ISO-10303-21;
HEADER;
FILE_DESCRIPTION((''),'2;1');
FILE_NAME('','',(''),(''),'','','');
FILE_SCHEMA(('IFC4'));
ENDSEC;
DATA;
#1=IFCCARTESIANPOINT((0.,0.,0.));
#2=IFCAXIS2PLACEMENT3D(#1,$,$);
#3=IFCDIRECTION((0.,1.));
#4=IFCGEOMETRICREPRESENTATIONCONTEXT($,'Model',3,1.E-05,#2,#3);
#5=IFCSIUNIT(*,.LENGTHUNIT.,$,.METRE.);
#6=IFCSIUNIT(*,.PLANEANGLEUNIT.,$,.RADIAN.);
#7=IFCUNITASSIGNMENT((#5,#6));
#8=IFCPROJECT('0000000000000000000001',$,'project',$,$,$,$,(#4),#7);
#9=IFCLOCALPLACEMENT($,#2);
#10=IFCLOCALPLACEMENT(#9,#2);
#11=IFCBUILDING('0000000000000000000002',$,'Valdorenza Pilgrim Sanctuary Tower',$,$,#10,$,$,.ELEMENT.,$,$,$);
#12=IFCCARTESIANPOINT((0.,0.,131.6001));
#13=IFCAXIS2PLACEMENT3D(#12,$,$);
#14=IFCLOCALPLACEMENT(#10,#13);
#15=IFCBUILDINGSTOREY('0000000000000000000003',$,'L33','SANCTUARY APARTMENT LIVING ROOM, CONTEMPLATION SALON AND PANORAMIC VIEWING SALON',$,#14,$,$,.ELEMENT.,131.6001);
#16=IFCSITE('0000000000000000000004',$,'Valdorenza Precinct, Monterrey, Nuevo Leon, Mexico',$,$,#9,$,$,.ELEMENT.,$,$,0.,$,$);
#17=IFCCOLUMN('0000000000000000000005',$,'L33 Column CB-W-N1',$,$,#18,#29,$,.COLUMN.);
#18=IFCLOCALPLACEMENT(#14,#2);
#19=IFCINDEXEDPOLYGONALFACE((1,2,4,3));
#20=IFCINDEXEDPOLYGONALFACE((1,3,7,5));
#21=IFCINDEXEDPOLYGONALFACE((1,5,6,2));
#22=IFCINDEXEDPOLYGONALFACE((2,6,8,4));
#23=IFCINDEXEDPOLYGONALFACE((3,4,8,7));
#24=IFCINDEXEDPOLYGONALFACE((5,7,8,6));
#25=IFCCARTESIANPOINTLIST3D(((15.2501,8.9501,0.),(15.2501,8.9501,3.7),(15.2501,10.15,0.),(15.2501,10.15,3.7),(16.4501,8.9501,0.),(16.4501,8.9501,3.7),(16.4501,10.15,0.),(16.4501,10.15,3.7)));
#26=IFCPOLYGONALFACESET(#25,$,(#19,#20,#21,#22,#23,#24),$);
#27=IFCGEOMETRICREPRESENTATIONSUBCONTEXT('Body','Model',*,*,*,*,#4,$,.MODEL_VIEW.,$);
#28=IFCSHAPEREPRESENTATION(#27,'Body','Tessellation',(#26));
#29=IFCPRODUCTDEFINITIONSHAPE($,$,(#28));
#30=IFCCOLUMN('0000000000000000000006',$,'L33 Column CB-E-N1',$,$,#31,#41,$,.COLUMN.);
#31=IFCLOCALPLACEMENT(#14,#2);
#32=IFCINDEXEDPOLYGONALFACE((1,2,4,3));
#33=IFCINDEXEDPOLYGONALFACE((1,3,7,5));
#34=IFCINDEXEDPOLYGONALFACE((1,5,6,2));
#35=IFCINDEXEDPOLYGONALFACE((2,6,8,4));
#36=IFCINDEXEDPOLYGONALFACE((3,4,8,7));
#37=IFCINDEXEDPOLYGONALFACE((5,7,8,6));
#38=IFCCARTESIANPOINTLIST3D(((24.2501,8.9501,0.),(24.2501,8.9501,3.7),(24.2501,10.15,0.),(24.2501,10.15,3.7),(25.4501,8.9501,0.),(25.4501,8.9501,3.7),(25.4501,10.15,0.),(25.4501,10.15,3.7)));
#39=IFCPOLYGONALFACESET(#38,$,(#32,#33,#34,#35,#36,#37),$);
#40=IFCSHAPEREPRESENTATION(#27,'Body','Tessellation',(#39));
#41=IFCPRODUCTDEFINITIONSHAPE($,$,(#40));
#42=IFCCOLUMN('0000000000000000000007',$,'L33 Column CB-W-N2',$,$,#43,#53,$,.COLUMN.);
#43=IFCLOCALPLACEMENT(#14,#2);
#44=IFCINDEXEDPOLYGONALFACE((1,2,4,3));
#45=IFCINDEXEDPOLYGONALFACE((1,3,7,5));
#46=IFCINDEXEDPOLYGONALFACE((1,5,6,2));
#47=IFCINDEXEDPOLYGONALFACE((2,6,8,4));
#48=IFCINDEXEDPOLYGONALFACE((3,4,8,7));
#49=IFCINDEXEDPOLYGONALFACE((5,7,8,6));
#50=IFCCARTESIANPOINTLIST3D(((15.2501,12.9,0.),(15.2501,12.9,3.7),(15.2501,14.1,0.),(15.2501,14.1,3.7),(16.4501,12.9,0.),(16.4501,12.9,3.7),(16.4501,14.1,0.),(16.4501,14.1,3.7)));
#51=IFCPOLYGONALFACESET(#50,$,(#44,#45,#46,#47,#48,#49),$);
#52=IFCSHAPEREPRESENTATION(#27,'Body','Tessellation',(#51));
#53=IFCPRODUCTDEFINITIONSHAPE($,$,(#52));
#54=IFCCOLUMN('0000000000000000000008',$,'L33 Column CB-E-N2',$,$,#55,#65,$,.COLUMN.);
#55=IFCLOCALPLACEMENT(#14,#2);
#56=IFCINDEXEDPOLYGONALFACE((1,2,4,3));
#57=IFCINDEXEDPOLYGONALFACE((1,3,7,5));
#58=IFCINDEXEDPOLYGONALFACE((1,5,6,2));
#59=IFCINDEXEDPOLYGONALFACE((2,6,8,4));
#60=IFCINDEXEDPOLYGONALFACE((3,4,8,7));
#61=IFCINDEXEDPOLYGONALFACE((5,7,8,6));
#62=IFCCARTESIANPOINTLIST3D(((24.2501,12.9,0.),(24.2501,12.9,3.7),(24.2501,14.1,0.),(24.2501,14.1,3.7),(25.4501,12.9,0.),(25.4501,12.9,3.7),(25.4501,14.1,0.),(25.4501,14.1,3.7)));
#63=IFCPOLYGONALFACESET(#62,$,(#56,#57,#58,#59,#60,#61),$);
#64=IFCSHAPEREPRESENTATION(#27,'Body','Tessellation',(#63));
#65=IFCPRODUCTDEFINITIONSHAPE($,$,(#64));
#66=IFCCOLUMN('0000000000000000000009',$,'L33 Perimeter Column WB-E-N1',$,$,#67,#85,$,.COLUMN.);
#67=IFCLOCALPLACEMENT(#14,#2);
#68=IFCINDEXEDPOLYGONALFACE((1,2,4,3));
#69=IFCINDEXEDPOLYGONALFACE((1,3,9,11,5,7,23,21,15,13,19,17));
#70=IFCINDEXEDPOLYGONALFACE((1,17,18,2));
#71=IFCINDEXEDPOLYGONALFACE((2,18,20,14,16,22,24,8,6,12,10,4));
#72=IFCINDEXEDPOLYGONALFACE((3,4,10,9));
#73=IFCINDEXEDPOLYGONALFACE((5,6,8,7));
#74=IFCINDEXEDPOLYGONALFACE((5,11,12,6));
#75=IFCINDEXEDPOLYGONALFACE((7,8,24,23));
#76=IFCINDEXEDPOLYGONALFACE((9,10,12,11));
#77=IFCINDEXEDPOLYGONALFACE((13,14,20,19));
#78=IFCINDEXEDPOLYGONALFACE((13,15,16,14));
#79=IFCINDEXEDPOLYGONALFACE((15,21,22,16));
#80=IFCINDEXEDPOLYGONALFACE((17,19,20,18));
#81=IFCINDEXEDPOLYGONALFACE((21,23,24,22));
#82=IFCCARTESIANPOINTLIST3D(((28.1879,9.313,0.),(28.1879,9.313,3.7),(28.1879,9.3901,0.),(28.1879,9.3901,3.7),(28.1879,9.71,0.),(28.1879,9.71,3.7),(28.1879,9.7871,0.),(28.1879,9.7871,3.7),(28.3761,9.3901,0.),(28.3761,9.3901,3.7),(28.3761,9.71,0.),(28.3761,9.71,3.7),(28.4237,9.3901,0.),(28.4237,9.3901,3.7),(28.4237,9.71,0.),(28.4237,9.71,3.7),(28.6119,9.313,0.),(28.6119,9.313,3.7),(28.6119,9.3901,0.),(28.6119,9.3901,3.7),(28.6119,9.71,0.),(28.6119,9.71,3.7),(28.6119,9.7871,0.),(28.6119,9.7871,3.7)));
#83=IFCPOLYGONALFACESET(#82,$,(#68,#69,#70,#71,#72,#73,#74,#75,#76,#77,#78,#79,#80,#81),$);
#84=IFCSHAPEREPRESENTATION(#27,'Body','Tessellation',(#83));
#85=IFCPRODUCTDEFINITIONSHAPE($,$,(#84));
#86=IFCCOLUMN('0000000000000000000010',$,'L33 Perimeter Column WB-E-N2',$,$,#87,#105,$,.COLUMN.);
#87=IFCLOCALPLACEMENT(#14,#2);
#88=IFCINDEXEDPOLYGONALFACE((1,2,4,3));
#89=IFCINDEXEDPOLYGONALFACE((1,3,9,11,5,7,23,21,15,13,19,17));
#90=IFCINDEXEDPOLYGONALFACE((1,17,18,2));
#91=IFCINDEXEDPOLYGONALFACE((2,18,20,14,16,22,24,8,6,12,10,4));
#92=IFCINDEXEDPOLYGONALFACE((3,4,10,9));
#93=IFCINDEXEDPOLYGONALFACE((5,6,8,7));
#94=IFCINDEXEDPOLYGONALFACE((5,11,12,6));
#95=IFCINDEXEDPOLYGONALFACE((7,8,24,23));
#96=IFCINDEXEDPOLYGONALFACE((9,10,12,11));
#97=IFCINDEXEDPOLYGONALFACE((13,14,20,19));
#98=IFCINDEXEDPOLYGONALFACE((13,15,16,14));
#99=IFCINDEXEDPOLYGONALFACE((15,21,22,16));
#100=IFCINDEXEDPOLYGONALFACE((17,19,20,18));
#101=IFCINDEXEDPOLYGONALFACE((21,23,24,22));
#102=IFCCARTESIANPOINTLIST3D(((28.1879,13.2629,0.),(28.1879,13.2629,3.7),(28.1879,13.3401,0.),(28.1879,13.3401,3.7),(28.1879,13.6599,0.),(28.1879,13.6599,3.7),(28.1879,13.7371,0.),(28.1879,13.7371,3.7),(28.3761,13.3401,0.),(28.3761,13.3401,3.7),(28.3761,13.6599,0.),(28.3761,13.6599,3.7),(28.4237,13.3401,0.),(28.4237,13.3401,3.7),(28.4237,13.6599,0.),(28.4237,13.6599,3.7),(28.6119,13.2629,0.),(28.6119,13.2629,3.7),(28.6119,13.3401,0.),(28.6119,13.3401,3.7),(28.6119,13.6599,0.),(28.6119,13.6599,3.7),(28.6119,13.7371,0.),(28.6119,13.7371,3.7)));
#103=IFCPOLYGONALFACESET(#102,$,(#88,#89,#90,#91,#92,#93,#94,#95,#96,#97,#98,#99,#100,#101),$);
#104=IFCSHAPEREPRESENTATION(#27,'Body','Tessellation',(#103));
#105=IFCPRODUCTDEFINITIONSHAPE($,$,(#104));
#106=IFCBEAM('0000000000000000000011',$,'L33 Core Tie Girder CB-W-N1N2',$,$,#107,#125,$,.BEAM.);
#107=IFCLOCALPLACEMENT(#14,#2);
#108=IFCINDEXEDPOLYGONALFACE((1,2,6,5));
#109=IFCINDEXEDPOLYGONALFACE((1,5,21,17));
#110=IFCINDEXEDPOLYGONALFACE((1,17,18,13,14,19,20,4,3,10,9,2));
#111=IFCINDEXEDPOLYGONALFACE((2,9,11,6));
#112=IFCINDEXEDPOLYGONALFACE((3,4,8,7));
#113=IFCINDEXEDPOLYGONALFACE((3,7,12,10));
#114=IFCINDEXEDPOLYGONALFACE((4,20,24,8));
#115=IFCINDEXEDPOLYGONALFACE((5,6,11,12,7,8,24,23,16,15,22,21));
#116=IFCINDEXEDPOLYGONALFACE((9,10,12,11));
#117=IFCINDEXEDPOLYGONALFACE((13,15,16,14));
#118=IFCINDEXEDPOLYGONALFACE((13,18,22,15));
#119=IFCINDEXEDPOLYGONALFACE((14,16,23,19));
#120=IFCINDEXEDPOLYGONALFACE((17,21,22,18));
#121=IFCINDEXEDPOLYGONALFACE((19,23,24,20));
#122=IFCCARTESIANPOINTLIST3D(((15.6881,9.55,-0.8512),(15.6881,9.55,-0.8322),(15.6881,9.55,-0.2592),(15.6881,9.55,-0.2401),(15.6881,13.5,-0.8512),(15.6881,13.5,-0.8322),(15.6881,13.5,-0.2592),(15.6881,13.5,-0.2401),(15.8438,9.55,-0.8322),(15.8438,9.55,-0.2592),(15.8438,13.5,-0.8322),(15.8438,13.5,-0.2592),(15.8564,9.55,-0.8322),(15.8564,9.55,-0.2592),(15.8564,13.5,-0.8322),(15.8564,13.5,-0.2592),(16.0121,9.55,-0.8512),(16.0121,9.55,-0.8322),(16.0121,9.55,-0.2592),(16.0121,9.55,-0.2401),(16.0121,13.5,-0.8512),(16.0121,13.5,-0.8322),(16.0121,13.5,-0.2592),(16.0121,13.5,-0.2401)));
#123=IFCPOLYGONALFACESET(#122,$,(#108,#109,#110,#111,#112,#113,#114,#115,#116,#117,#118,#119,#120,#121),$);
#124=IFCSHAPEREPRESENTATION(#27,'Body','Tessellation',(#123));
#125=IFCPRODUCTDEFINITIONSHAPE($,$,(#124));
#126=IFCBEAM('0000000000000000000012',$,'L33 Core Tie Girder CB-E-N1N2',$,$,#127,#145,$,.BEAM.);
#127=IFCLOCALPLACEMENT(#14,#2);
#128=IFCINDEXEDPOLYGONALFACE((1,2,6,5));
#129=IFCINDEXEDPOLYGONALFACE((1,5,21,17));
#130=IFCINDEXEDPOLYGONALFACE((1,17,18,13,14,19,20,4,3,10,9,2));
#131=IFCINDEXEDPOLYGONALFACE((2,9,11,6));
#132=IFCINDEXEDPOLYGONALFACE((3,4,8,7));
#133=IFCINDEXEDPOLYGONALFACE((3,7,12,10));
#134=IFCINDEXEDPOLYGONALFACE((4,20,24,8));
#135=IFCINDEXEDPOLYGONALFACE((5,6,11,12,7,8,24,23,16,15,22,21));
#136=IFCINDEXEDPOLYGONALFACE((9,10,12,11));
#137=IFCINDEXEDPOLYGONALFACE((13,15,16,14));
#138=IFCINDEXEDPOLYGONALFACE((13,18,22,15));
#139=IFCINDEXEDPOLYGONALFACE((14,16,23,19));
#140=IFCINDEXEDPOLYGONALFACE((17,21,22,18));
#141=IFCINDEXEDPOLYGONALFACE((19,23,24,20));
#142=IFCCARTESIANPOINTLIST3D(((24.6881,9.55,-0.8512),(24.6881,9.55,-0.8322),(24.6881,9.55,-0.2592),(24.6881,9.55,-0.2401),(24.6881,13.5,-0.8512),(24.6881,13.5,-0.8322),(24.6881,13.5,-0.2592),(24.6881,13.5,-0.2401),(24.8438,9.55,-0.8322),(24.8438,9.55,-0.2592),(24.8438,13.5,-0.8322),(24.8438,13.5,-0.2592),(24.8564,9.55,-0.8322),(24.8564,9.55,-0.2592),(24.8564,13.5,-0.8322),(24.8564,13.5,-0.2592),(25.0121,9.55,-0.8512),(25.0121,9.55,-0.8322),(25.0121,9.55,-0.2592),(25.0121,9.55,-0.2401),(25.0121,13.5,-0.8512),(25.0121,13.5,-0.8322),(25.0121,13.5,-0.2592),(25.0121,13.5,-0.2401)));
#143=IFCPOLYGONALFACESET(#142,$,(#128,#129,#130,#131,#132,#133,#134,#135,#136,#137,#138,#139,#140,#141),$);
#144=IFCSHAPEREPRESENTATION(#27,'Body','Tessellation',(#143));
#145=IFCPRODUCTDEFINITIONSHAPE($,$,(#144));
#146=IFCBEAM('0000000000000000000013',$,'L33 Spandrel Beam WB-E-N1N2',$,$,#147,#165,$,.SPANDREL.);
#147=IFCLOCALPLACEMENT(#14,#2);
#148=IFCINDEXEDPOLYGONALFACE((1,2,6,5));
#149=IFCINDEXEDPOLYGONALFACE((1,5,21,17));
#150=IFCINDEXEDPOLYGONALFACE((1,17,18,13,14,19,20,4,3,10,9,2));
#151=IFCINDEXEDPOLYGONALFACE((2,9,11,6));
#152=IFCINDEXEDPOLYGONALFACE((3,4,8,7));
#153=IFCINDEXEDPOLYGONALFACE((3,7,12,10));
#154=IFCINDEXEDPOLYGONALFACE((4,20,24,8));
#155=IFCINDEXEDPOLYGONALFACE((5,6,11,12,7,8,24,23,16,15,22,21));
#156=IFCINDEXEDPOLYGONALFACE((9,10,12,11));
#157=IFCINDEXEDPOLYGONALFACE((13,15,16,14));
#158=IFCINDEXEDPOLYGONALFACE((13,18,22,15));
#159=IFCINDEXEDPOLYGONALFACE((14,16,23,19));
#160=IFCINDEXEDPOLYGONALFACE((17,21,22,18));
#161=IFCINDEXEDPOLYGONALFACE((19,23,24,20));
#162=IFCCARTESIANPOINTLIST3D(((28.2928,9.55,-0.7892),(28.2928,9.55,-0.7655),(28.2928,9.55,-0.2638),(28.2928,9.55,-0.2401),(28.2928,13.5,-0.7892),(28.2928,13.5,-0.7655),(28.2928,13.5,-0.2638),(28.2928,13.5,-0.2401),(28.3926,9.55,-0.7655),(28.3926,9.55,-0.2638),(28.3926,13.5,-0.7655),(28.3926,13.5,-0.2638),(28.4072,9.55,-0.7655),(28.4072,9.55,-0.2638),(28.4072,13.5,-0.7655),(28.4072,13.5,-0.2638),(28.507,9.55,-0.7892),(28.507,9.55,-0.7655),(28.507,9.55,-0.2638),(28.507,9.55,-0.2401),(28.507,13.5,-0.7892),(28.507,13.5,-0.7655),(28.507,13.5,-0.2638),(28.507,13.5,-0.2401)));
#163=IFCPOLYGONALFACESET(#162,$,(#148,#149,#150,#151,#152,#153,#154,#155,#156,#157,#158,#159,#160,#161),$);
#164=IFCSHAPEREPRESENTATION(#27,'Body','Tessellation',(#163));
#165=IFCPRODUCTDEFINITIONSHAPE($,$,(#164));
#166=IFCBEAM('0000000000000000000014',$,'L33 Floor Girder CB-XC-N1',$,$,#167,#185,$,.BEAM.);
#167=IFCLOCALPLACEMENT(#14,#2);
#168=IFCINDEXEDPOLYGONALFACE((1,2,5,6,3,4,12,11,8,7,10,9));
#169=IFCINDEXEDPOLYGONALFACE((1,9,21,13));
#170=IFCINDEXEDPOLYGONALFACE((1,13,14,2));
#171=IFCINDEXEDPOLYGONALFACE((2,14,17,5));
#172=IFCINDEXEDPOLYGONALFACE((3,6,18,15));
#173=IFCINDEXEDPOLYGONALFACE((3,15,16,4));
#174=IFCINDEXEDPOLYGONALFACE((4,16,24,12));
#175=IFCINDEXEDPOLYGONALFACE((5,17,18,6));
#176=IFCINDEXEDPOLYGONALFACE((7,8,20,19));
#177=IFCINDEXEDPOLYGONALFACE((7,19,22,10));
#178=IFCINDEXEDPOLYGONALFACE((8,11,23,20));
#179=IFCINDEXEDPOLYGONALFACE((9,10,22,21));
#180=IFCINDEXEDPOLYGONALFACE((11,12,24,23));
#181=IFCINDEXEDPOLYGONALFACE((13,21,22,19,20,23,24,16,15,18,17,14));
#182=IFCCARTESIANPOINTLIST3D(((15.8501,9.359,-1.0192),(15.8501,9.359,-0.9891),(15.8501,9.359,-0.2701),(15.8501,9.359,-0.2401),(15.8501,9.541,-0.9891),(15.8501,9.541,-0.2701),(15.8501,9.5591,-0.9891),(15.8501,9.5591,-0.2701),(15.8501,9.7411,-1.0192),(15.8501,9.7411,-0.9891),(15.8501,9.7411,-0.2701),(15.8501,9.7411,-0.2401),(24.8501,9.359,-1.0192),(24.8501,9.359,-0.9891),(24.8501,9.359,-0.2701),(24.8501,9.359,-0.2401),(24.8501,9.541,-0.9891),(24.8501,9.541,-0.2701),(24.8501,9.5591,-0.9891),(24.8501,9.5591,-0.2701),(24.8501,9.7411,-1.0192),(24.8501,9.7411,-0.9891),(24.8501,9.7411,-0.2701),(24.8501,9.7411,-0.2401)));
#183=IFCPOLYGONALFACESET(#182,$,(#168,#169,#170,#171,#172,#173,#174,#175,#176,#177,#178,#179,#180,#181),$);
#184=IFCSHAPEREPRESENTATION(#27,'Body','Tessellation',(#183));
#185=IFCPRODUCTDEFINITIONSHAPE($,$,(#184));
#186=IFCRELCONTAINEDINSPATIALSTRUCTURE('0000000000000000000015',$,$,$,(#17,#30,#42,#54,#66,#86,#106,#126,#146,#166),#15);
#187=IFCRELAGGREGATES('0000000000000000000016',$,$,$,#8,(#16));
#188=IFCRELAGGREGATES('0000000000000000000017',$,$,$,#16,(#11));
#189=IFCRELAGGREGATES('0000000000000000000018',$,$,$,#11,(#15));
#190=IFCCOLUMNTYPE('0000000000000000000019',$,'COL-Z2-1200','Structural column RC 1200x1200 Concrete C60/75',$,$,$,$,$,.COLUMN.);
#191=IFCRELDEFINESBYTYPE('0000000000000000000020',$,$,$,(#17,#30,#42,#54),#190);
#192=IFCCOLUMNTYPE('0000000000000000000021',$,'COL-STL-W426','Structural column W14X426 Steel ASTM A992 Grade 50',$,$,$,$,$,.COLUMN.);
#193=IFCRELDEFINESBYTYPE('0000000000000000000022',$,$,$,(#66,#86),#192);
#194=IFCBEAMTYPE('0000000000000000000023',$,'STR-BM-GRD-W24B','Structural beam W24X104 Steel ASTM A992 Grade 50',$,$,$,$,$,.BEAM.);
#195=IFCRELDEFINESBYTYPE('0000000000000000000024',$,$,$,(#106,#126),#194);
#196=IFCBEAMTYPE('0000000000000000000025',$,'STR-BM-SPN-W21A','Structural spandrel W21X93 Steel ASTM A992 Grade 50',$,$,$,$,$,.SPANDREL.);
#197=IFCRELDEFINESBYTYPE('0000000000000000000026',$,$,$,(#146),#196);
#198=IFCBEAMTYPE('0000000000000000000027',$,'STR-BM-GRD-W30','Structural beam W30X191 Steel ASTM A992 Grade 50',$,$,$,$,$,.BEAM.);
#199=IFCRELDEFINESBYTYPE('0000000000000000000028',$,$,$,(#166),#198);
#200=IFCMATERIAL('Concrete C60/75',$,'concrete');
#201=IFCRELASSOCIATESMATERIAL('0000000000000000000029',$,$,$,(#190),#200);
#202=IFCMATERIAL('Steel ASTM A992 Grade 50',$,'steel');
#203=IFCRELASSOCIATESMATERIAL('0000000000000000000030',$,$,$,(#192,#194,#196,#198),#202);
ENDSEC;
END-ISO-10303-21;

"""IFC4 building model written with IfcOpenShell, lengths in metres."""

from ifc_helpers import new_model, si_unit, direction, frame, origin, origin_2d, place, context, subcontext, project, spatial, rectangle, i_section, extrude, source, transform, mapped, material, material_profile, profile_set, type_object, element, save


model = new_model("IFC4")

# Units and contexts
model_context = context("Model", 3, precision=1e-05, world=origin(), true_north=direction((0.0, 1.0)))
body_context = subcontext(model_context, "Body", "Model", "MODEL_VIEW")
ifc_project = project(units=[si_unit("LENGTHUNIT", "METRE"), si_unit("PLANEANGLEUNIT", "RADIAN")], contexts=[model_context])

# Site, building, storey
site_placement = place(None, origin())
site = spatial("IfcSite", under=ifc_project, at=site_placement, Name="Valdorenza Precinct, Monterrey, Nuevo Leon, Mexico", CompositionType="ELEMENT", RefElevation=0.0)
building_placement = place(site_placement, origin())
building = spatial("IfcBuilding", under=site, at=building_placement, Name="Valdorenza Pilgrim Sanctuary Tower", CompositionType="ELEMENT")
storey_placement = place(building_placement, frame((0.0, 0.0, 131.6001)))
storey = spatial("IfcBuildingStorey", under=building, at=storey_placement, Name="L33", Description="SANCTUARY APARTMENT LIVING ROOM, CONTEMPLATION SALON AND PANORAMIC VIEWING SALON", CompositionType="ELEMENT", Elevation=131.6001)

# Columns
ifc_material_1 = material(Name="Concrete C60/75", Category="concrete")
ifc_material_profile_1 = material_profile(ifc_material_1, rectangle(XDim=1.2, YDim=1.2, at=origin_2d()), Name="RC 1200x1200")
ifc_profile_set_1 = profile_set([ifc_material_profile_1], Name="Concrete C60/75")
column_type_1 = type_object("IfcColumnType", Name="COL-Z2-1200", Description="Structural column RC 1200x1200 Concrete C60/75", PredefinedType="COLUMN", material=ifc_profile_set_1)
shared_shape_1 = source(origin(), body_context, "Body", "SweptSolid", [
    extrude(rectangle(XDim=1.2, YDim=1.2, at=origin_2d()), origin(), (0.0, 0.0, 1.0), 3.7),
])
for number, where, z_axis, x_axis, name in (
    (1, (15.8501, 9.55, 0.0), (0.0, 0.0, 1.0), (1.0, 0.0, 0.0), "L33 Column CB-W-N1"),
    (2, (24.8501, 9.55, 0.0), (0.0, 0.0, 1.0), (1.0, 0.0, 0.0), "L33 Column CB-E-N1"),
    (3, (15.8501, 13.5, 0.0), (0.0, 0.0, 1.0), (1.0, 0.0, 0.0), "L33 Column CB-W-N2"),
    (4, (24.8501, 13.5, 0.0), (0.0, 0.0, 1.0), (1.0, 0.0, 0.0), "L33 Column CB-E-N2"),
):
    element("IfcColumn", number, at=place(storey_placement, frame(where, z_axis=z_axis, x_axis=x_axis)), inside=storey, type_object=column_type_1, Name=name, PredefinedType="COLUMN", context=body_context, shape_type="MappedRepresentation", body=[
        mapped(shared_shape_1, transform((0.0, 0.0, 0.0), x_axis=(1.0, 0.0, 0.0), y_axis=(0.0, 1.0, 0.0), z_axis=(0.0, 0.0, 1.0), scale=1.0)),
    ])
ifc_material_2 = material(Name="Steel ASTM A992 Grade 50", Category="steel")
ifc_material_profile_2 = material_profile(ifc_material_2, i_section(OverallWidth=0.4241, OverallDepth=0.4741, WebThickness=0.0476, FlangeThickness=0.0771, at=origin_2d()), Name="W14X426")
ifc_profile_set_2 = profile_set([ifc_material_profile_2], Name="Steel ASTM A992 Grade 50")
column_type_2 = type_object("IfcColumnType", Name="COL-STL-W426", Description="Structural column W14X426 Steel ASTM A992 Grade 50", PredefinedType="COLUMN", material=ifc_profile_set_2)
shared_shape_2 = source(origin(), body_context, "Body", "SweptSolid", [
    extrude(i_section(OverallWidth=0.4241, OverallDepth=0.4741, WebThickness=0.0476, FlangeThickness=0.0771, at=origin_2d()), origin(), (0.0, 0.0, 1.0), 3.7),
])
for number, where, z_axis, x_axis, name in (
    (5, (28.3999, 9.55, 0.0), (0.0, 0.0, 1.0), (1.0, 0.0, 0.0), "L33 Perimeter Column WB-E-N1"),
    (6, (28.3999, 13.5, 0.0), (0.0, 0.0, 1.0), (1.0, 0.0, 0.0), "L33 Perimeter Column WB-E-N2"),
):
    element("IfcColumn", number, at=place(storey_placement, frame(where, z_axis=z_axis, x_axis=x_axis)), inside=storey, type_object=column_type_2, Name=name, PredefinedType="COLUMN", context=body_context, shape_type="MappedRepresentation", body=[
        mapped(shared_shape_2, transform((0.0, 0.0, 0.0), x_axis=(1.0, 0.0, 0.0), y_axis=(0.0, 1.0, 0.0), z_axis=(0.0, 0.0, 1.0), scale=1.0)),
    ])

# Beams
ifc_material_profile_3 = material_profile(ifc_material_2, i_section(OverallWidth=0.324, OverallDepth=0.6111, WebThickness=0.0127, FlangeThickness=0.019, at=origin_2d()), Name="W24X104")
ifc_profile_set_3 = profile_set([ifc_material_profile_3], Name="Steel ASTM A992 Grade 50")
beam_type_1 = type_object("IfcBeamType", Name="STR-BM-GRD-W24B", Description="Structural beam W24X104 Steel ASTM A992 Grade 50", PredefinedType="BEAM", material=ifc_profile_set_3)
shared_shape_3 = source(origin(), body_context, "Body", "SweptSolid", [
    extrude(i_section(OverallWidth=0.324, OverallDepth=0.6111, WebThickness=0.0127, FlangeThickness=0.019, at=origin_2d()), origin(), (0.0, 0.0, 1.0), 3.95),
])
for number, where, z_axis, x_axis, name in (
    (7, (15.8501, 9.55, -0.5457), (0.0, 1.0, 0.0), (-1.0, 0.0, 0.0), "L33 Core Tie Girder CB-W-N1N2"),
    (8, (24.8501, 9.55, -0.5457), (0.0, 1.0, 0.0), (-1.0, 0.0, 0.0), "L33 Core Tie Girder CB-E-N1N2"),
):
    element("IfcBeam", number, at=place(storey_placement, frame(where, z_axis=z_axis, x_axis=x_axis)), inside=storey, type_object=beam_type_1, Name=name, PredefinedType="BEAM", context=body_context, shape_type="MappedRepresentation", body=[
        mapped(shared_shape_3, transform((0.0, 0.0, 0.0), x_axis=(1.0, 0.0, 0.0), y_axis=(0.0, 1.0, 0.0), z_axis=(0.0, 0.0, 1.0), scale=1.0)),
    ])
ifc_material_profile_4 = material_profile(ifc_material_2, i_section(OverallWidth=0.2141, OverallDepth=0.5491, WebThickness=0.0146, FlangeThickness=0.0237, at=origin_2d()), Name="W21X93")
ifc_profile_set_4 = profile_set([ifc_material_profile_4], Name="Steel ASTM A992 Grade 50")
beam_type_2 = type_object("IfcBeamType", Name="STR-BM-SPN-W21A", Description="Structural spandrel W21X93 Steel ASTM A992 Grade 50", PredefinedType="SPANDREL", material=ifc_profile_set_4)
shared_shape_4 = source(origin(), body_context, "Body", "SweptSolid", [
    extrude(i_section(OverallWidth=0.2141, OverallDepth=0.5491, WebThickness=0.0146, FlangeThickness=0.0237, at=origin_2d()), origin(), (0.0, 0.0, 1.0), 3.95),
])
beam_placement = place(storey_placement, frame((28.3999, 9.55, -0.5146), z_axis=(0.0, 1.0, 0.0), x_axis=(-1.0, 0.0, 0.0)))
element("IfcBeam", 9, at=beam_placement, inside=storey, type_object=beam_type_2, Name="L33 Spandrel Beam WB-E-N1N2", PredefinedType="SPANDREL", context=body_context, shape_type="MappedRepresentation", body=[
    mapped(shared_shape_4, transform((0.0, 0.0, 0.0), x_axis=(1.0, 0.0, 0.0), y_axis=(0.0, 1.0, 0.0), z_axis=(0.0, 0.0, 1.0), scale=1.0)),
])
ifc_material_profile_5 = material_profile(ifc_material_2, i_section(OverallWidth=0.3821, OverallDepth=0.7791, WebThickness=0.0181, FlangeThickness=0.03, at=origin_2d()), Name="W30X191")
ifc_profile_set_5 = profile_set([ifc_material_profile_5], Name="Steel ASTM A992 Grade 50")
beam_type_3 = type_object("IfcBeamType", Name="STR-BM-GRD-W30", Description="Structural beam W30X191 Steel ASTM A992 Grade 50", PredefinedType="BEAM", material=ifc_profile_set_5)
shared_shape_5 = source(origin(), body_context, "Body", "SweptSolid", [
    extrude(i_section(OverallWidth=0.3821, OverallDepth=0.7791, WebThickness=0.0181, FlangeThickness=0.03, at=origin_2d()), origin(), (0.0, 0.0, 1.0), 9.0),
])
for number, where, z_axis, x_axis, name in (
    (10, (15.8501, 9.55, -0.6296), (1.0, 0.0, 0.0), (0.0, 1.0, 0.0), "L33 Floor Girder CB-XC-N1"),
):
    element("IfcBeam", number, at=place(storey_placement, frame(where, z_axis=z_axis, x_axis=x_axis)), inside=storey, type_object=beam_type_3, Name=name, PredefinedType="BEAM", context=body_context, shape_type="MappedRepresentation", body=[
        mapped(shared_shape_5, transform((0.0, 0.0, 0.0), x_axis=(1.0, 0.0, 0.0), y_axis=(0.0, 1.0, 0.0), z_axis=(0.0, 0.0, 1.0), scale=1.0)),
    ])

save(model, "model.ifc")
